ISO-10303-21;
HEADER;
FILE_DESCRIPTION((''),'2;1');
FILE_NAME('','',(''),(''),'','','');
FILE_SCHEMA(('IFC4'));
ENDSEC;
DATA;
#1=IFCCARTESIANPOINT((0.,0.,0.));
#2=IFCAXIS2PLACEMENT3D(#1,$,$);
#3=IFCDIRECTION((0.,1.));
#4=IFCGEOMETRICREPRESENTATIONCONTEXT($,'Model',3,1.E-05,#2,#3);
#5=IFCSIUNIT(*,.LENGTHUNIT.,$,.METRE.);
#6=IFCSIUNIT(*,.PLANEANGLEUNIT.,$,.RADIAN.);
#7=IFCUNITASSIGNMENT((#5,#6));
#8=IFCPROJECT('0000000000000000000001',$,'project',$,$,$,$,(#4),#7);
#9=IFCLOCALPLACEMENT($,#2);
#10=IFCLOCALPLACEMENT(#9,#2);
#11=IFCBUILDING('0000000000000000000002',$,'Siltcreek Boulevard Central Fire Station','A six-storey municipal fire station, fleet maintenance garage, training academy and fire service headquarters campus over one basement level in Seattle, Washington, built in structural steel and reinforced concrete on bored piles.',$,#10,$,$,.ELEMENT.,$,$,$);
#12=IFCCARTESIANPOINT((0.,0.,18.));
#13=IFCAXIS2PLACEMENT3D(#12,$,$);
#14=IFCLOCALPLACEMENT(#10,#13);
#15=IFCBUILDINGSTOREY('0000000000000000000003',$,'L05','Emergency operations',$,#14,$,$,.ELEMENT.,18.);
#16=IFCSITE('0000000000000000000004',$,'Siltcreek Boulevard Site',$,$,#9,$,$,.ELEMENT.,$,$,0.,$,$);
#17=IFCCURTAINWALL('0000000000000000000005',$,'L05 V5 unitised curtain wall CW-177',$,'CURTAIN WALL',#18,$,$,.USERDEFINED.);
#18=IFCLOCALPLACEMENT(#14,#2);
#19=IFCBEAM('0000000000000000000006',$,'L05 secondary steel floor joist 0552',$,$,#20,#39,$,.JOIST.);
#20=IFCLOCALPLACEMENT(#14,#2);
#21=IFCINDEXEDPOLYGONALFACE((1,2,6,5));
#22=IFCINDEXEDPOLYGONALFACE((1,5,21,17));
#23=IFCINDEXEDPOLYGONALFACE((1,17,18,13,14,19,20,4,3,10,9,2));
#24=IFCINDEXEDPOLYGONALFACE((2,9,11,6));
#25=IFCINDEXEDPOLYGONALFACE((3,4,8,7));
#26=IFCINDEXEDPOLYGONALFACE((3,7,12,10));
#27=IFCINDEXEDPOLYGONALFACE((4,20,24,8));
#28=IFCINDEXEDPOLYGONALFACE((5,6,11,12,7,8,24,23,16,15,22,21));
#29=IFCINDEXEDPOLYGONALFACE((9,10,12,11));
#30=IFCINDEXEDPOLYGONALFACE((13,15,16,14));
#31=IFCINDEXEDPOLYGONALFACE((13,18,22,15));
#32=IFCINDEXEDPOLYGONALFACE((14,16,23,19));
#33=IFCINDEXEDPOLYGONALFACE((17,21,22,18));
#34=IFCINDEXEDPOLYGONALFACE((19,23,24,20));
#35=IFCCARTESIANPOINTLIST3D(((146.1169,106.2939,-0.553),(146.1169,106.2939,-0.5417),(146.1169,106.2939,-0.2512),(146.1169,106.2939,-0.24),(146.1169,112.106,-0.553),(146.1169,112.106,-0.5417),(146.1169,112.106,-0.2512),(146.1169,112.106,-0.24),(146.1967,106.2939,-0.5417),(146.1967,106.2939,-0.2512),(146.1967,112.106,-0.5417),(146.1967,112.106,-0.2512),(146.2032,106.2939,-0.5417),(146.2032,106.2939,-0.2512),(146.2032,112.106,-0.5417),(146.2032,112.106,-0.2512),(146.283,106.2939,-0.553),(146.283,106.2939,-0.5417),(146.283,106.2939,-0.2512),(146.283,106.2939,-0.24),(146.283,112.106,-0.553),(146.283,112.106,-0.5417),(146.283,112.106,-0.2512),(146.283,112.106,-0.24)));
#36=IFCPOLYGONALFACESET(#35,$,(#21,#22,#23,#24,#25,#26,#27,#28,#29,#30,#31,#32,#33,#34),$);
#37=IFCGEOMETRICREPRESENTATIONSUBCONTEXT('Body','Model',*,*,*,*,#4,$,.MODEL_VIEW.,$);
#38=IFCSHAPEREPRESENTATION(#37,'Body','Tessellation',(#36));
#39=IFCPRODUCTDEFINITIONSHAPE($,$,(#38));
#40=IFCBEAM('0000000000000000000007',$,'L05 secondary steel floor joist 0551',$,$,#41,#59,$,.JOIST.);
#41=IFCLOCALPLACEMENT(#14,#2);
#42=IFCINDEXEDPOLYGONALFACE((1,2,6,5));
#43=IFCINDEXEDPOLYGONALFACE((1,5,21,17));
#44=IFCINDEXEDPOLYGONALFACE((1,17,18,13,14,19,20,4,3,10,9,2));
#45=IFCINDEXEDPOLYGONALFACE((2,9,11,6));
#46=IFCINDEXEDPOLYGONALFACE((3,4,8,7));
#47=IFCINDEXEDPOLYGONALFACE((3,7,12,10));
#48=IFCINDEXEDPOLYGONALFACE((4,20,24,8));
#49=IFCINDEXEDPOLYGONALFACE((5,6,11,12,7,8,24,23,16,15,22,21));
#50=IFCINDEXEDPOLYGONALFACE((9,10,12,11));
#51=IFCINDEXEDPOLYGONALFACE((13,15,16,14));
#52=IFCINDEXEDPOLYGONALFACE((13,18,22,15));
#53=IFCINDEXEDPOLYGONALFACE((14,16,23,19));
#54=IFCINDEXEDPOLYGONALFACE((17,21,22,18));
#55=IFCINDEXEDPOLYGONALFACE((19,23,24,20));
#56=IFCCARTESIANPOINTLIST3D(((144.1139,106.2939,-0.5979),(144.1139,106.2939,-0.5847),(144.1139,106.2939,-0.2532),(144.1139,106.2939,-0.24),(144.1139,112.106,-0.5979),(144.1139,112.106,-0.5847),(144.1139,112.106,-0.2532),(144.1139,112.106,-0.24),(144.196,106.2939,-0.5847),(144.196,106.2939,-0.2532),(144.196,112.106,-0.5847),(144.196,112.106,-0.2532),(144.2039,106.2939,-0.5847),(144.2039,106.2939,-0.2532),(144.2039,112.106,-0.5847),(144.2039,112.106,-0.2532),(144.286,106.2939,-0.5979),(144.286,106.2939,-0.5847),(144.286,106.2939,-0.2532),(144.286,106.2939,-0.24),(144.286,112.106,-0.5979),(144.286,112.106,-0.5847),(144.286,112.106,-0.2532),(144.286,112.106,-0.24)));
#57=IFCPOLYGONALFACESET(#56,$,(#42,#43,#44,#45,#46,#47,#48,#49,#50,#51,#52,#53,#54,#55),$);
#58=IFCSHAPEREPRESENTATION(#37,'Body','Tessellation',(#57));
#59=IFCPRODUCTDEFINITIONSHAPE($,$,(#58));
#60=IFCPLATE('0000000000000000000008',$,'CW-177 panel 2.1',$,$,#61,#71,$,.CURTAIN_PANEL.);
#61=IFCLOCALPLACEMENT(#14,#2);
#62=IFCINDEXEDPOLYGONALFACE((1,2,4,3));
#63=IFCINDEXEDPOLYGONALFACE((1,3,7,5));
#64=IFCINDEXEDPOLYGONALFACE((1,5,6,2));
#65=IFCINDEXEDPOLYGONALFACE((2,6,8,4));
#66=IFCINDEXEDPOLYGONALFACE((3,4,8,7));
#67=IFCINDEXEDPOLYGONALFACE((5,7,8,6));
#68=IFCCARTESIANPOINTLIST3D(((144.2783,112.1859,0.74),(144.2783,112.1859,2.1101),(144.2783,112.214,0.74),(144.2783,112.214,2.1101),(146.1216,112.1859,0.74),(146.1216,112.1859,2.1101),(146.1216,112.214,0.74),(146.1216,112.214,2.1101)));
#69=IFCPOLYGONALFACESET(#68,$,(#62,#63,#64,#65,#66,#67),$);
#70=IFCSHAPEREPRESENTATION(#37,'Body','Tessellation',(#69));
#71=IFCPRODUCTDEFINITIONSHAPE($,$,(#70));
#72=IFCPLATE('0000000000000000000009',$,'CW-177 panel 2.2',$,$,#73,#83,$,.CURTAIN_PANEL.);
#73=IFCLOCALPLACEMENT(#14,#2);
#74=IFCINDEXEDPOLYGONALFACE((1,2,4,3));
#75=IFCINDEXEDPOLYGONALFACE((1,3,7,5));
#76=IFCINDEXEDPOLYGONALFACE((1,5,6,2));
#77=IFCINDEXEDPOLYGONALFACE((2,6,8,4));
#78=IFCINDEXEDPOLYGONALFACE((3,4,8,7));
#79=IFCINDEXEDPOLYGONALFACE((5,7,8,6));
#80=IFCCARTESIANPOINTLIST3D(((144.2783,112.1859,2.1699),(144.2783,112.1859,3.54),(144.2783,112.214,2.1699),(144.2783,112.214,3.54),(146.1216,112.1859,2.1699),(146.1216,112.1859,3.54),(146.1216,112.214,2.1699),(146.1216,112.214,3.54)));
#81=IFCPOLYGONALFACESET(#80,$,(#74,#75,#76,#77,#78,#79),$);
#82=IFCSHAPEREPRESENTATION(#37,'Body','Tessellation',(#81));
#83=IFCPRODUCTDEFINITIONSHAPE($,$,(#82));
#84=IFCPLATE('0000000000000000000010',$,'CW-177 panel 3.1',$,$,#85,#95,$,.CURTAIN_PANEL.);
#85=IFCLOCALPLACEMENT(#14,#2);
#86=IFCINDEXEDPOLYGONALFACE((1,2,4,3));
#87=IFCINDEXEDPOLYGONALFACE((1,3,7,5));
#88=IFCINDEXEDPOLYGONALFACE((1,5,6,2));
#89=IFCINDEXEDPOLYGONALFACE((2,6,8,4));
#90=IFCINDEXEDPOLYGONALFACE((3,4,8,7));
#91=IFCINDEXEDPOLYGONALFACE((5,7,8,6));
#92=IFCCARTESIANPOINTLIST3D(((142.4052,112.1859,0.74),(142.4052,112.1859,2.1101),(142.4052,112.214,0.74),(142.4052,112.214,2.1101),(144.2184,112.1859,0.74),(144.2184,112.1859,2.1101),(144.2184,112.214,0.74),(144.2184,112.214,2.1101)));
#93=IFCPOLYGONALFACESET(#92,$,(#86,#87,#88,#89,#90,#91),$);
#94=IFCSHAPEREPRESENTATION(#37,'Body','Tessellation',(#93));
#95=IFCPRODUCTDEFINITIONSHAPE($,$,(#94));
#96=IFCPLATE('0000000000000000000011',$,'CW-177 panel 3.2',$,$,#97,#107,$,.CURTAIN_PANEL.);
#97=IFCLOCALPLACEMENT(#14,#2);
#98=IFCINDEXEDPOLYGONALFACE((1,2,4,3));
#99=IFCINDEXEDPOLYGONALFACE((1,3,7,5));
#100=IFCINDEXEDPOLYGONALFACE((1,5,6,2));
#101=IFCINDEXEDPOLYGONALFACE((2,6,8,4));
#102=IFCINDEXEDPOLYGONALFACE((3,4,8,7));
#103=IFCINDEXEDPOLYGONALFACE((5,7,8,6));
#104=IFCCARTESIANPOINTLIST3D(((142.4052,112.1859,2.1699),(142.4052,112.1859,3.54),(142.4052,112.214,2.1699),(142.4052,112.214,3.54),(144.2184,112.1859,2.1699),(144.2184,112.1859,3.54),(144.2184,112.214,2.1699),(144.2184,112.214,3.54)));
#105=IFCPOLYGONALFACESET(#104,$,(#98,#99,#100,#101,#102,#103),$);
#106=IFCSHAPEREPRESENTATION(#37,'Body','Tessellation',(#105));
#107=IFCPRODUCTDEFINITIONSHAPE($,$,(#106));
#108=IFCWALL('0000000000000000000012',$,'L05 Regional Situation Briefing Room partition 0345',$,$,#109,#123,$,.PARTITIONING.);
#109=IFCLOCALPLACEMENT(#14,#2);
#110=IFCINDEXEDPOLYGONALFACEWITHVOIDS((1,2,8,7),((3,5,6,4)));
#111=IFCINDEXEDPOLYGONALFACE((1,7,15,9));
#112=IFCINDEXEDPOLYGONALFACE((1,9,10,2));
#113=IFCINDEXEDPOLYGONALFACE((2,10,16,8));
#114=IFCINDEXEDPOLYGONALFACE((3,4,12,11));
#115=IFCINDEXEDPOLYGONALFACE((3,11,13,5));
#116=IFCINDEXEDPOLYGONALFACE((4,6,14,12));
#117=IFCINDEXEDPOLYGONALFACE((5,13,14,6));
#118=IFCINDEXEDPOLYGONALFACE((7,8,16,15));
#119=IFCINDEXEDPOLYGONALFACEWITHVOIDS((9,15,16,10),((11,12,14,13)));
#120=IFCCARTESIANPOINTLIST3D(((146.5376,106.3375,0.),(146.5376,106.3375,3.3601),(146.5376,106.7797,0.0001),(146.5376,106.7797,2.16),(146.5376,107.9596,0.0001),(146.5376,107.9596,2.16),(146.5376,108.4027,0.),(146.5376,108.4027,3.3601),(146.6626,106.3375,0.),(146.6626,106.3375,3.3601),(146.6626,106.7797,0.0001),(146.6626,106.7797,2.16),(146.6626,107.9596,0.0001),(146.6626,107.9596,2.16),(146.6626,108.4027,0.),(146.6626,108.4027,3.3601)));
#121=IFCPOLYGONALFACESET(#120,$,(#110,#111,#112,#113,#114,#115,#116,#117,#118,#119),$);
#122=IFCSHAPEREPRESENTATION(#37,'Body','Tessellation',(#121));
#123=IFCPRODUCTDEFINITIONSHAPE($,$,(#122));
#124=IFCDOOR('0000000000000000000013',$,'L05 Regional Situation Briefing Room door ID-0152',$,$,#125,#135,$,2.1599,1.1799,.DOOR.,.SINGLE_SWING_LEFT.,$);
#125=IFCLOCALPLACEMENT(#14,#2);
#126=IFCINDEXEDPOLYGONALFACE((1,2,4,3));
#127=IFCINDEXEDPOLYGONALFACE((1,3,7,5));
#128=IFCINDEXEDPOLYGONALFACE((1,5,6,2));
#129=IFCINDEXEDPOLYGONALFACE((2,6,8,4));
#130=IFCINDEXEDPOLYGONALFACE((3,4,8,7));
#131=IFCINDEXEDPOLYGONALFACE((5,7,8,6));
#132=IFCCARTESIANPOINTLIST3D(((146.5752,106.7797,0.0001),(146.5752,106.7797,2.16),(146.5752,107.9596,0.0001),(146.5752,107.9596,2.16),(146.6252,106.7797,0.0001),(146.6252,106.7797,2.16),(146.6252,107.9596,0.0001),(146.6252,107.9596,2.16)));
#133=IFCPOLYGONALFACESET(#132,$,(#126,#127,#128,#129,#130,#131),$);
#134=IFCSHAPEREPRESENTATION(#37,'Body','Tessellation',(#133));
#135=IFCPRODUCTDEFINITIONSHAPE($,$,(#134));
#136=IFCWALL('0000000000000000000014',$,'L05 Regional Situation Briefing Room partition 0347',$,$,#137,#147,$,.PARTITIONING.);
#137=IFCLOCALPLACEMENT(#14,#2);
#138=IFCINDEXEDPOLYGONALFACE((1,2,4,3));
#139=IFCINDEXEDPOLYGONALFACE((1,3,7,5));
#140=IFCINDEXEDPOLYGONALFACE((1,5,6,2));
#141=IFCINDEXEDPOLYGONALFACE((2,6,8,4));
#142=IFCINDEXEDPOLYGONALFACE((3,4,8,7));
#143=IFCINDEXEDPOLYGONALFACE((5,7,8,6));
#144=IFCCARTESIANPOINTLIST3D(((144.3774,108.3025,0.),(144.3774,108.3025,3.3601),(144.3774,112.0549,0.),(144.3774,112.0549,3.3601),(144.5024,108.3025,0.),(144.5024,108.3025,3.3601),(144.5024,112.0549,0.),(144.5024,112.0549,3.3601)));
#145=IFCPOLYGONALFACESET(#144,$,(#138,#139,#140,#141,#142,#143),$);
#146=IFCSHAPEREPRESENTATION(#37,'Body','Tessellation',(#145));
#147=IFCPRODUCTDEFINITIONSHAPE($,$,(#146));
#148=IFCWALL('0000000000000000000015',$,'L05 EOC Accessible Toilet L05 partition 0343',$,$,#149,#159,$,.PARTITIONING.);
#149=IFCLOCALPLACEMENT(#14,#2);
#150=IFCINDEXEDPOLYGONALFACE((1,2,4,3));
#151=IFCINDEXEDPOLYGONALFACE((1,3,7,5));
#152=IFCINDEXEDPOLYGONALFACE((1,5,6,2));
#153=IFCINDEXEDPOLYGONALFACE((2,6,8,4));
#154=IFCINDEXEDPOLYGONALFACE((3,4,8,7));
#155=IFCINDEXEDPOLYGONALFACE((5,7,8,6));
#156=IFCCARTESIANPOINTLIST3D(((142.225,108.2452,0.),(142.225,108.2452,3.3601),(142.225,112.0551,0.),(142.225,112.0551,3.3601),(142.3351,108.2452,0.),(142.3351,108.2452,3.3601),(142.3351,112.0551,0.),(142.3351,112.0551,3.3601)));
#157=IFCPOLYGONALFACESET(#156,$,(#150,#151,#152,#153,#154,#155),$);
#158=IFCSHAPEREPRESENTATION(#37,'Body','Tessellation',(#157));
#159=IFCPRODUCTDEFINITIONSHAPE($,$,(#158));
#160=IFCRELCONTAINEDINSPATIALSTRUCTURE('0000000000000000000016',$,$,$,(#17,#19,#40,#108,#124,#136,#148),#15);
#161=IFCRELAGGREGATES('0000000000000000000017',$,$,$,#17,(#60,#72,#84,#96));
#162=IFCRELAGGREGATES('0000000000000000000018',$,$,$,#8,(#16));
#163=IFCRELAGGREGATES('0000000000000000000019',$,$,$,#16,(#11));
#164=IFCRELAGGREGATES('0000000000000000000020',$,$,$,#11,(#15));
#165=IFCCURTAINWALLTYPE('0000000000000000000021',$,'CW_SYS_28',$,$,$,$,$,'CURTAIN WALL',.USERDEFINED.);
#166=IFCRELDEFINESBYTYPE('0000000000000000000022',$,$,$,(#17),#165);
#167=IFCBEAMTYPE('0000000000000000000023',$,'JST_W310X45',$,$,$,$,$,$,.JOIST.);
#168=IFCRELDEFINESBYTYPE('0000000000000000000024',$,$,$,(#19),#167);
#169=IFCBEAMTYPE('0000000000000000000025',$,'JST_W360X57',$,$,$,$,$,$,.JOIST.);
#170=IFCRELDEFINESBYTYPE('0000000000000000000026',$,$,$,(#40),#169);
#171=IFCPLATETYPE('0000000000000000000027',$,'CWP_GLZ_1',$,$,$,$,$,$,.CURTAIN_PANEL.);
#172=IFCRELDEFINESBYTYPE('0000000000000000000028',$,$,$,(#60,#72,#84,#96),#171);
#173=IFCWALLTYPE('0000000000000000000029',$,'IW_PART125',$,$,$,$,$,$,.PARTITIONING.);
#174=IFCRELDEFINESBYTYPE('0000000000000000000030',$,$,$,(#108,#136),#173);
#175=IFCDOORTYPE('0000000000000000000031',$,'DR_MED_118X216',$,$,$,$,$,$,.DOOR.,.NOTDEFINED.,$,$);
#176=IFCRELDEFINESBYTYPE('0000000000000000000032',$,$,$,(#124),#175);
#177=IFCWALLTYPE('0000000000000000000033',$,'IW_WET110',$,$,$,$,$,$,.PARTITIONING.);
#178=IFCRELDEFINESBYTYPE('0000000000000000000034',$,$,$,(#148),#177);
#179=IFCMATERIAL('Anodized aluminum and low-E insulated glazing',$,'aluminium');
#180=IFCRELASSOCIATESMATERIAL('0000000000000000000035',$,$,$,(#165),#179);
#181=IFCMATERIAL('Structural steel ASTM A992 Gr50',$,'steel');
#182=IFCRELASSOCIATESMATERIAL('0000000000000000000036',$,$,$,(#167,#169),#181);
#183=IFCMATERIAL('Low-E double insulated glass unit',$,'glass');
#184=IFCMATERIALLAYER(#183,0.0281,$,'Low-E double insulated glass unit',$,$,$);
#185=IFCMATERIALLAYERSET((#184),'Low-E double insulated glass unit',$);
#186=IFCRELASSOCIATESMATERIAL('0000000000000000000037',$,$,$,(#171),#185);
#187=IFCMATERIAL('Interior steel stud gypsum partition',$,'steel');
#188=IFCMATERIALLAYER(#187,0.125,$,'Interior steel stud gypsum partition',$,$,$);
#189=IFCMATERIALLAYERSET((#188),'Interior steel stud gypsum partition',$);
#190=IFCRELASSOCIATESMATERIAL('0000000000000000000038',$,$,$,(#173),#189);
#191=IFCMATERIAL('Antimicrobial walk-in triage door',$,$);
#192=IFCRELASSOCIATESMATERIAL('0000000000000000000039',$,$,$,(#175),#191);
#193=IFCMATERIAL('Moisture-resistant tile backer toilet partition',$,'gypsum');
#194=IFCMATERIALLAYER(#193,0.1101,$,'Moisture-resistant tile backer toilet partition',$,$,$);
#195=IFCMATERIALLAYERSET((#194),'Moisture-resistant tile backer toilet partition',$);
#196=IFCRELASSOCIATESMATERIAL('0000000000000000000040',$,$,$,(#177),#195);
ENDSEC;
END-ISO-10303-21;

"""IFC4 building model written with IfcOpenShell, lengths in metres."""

from ifc_helpers import new_model, si_unit, direction, frame, frame_2d, origin, origin_2d, place, context, subcontext, project, spatial, rectangle, i_section, extrude, material, layer, layer_set, material_profile, profile_set, type_object, element, fill, aggregate, save


model = new_model("IFC4")

# Units and contexts
model_context = context("Model", 3, precision=1e-05, world=origin(), true_north=direction((0.0, 1.0)))
body_context = subcontext(model_context, "Body", "Model", "MODEL_VIEW")
ifc_project = project(units=[si_unit("LENGTHUNIT", "METRE"), si_unit("PLANEANGLEUNIT", "RADIAN")], contexts=[model_context])

# Site, building, storey
site_placement = place(None, origin())
site = spatial("IfcSite", under=ifc_project, at=site_placement, Name="Siltcreek Boulevard Site", CompositionType="ELEMENT", RefElevation=0.0)
building_placement = place(site_placement, origin())
building = spatial("IfcBuilding", under=site, at=building_placement, Name="Siltcreek Boulevard Central Fire Station", Description="A six-storey municipal fire station, fleet maintenance garage, training academy and fire service headquarters campus over one basement level in Seattle, Washington, built in structural steel and reinforced concrete on bored piles.", CompositionType="ELEMENT")
storey_placement = place(building_placement, frame((0.0, 0.0, 18.0)))
storey = spatial("IfcBuildingStorey", under=building, at=storey_placement, Name="L05", Description="Emergency operations", CompositionType="ELEMENT", Elevation=18.0)

# Shared definitions
ifc_material_1 = material(Name="Structural steel ASTM A992 Gr50", Category="steel")

# Curtain wall
ifc_material_2 = material(Name="Anodized aluminum and low-E insulated glazing", Category="aluminium")
curtain_wall_type = type_object("IfcCurtainWallType", Name="CW_SYS_28", ElementType="CURTAIN WALL", PredefinedType="USERDEFINED", material=ifc_material_2)
curtain_wall_placement = place(storey_placement, origin())
curtain_wall = element("IfcCurtainWall", 1, at=curtain_wall_placement, inside=storey, type_object=curtain_wall_type, Name="L05 V5 unitised curtain wall CW-177", ObjectType="CURTAIN WALL", PredefinedType="USERDEFINED")

# Beams
ifc_material_profile_1 = material_profile(ifc_material_1, i_section(OverallWidth=0.166, OverallDepth=0.313, WebThickness=0.0066, FlangeThickness=0.0112, at=origin_2d()), Name="W310X45")
ifc_profile_set_1 = profile_set([ifc_material_profile_1], Name="Structural steel ASTM A992 Gr50")
beam_type_1 = type_object("IfcBeamType", Name="JST_W310X45", PredefinedType="JOIST", material=ifc_profile_set_1)
beam_1_placement = place(storey_placement, frame((146.2, 106.2939, -0.3965), z_axis=(0.0, 1.0, 0.0), x_axis=(-1.0, 0.0, 0.0)))
element("IfcBeam", 2, at=beam_1_placement, inside=storey, type_object=beam_type_1, Name="L05 secondary steel floor joist 0552", PredefinedType="JOIST", context=body_context, shape_type="SweptSolid", body=[
    extrude(i_section(OverallWidth=0.166, OverallDepth=0.313, WebThickness=0.0066, FlangeThickness=0.0112, at=origin_2d()), origin(), (0.0, 0.0, 1.0), 5.812),
])
ifc_material_profile_2 = material_profile(ifc_material_1, i_section(OverallWidth=0.1721, OverallDepth=0.3579, WebThickness=0.0078, FlangeThickness=0.0132, at=origin_2d()), Name="W360X57")
ifc_profile_set_2 = profile_set([ifc_material_profile_2], Name="Structural steel ASTM A992 Gr50")
beam_type_2 = type_object("IfcBeamType", Name="JST_W360X57", PredefinedType="JOIST", material=ifc_profile_set_2)
beam_2_placement = place(storey_placement, frame((144.2, 106.2939, -0.4189), z_axis=(0.0, 1.0, 0.0), x_axis=(-1.0, 0.0, 0.0)))
element("IfcBeam", 3, at=beam_2_placement, inside=storey, type_object=beam_type_2, Name="L05 secondary steel floor joist 0551", PredefinedType="JOIST", context=body_context, shape_type="SweptSolid", body=[
    extrude(i_section(OverallWidth=0.1721, OverallDepth=0.3579, WebThickness=0.0078, FlangeThickness=0.0132, at=origin_2d()), origin(), (0.0, 0.0, 1.0), 5.812),
])

# Plates
ifc_material_3 = material(Name="Low-E double insulated glass unit", Category="glass")
ifc_layer_1 = layer(ifc_material_3, 0.0281, Name="Low-E double insulated glass unit")
ifc_layer_set_1 = layer_set([ifc_layer_1], Name="Low-E double insulated glass unit")
plate_type = type_object("IfcPlateType", Name="CWP_GLZ_1", PredefinedType="CURTAIN_PANEL", material=ifc_layer_set_1)
plate_1_placement = place(storey_placement, frame((145.2, 112.2, 0.74), z_axis=(0.0, 0.0, 1.0), x_axis=(-1.0, 0.0, 0.0)))
plate_1 = element("IfcPlate", 4, at=plate_1_placement, type_object=plate_type, Name="CW-177 panel 2.1", PredefinedType="CURTAIN_PANEL", context=body_context, shape_type="SweptSolid", body=[
    extrude(rectangle(XDim=1.8433, YDim=0.0281, at=origin_2d()), origin(), (0.0, 0.0, 1.0), 1.3701),
])
plate_2_placement = place(storey_placement, frame((145.2, 112.2, 2.1699), z_axis=(0.0, 0.0, 1.0), x_axis=(-1.0, 0.0, 0.0)))
plate_2 = element("IfcPlate", 5, at=plate_2_placement, type_object=plate_type, Name="CW-177 panel 2.2", PredefinedType="CURTAIN_PANEL", context=body_context, shape_type="SweptSolid", body=[
    extrude(rectangle(XDim=1.8433, YDim=0.0281, at=origin_2d()), origin(), (0.0, 0.0, 1.0), 1.3701),
])
plate_3_placement = place(storey_placement, frame((143.3118, 112.2, 0.74), z_axis=(0.0, 0.0, 1.0), x_axis=(-1.0, 0.0, 0.0)))
plate_3 = element("IfcPlate", 6, at=plate_3_placement, type_object=plate_type, Name="CW-177 panel 3.1", PredefinedType="CURTAIN_PANEL", context=body_context, shape_type="SweptSolid", body=[
    extrude(rectangle(XDim=1.8132, YDim=0.0281, at=origin_2d()), origin(), (0.0, 0.0, 1.0), 1.3701),
])
plate_4_placement = place(storey_placement, frame((143.3118, 112.2, 2.1699), z_axis=(0.0, 0.0, 1.0), x_axis=(-1.0, 0.0, 0.0)))
plate_4 = element("IfcPlate", 7, at=plate_4_placement, type_object=plate_type, Name="CW-177 panel 3.2", PredefinedType="CURTAIN_PANEL", context=body_context, shape_type="SweptSolid", body=[
    extrude(rectangle(XDim=1.8132, YDim=0.0281, at=origin_2d()), origin(), (0.0, 0.0, 1.0), 1.3701),
])
aggregate(curtain_wall, [plate_1, plate_2, plate_3, plate_4])

# Wall, opening, door
ifc_material_4 = material(Name="Interior steel stud gypsum partition", Category="steel")
ifc_layer_2 = layer(ifc_material_4, 0.125, Name="Interior steel stud gypsum partition")
ifc_layer_set_2 = layer_set([ifc_layer_2], Name="Interior steel stud gypsum partition")
wall_type_1 = type_object("IfcWallType", Name="IW_PART125", PredefinedType="PARTITIONING", material=ifc_layer_set_2)
wall_1_placement = place(storey_placement, frame((146.6001, 106.3374, 0.0), z_axis=(0.0, 0.0, 1.0), x_axis=(0.0, 1.0, 0.0)))
wall_1 = element("IfcWall", 8, at=wall_1_placement, inside=storey, type_object=wall_type_1, Name="L05 Regional Situation Briefing Room partition 0345", PredefinedType="PARTITIONING", context=body_context, shape_type="SweptSolid", body=[
    extrude(rectangle(XDim=2.0652, YDim=0.125, at=frame_2d((1.0327, 0.0))), origin(), (0.0, 0.0, 1.0), 3.3601),
])
opening_1_placement = place(wall_1_placement, frame((0.4424, 0.0, 0.0)))
opening_1 = element("IfcOpeningElement", 9, at=opening_1_placement, cuts=wall_1, PredefinedType="OPENING", context=body_context, shape_type="SweptSolid", body=[
    extrude(rectangle(XDim=1.1799, YDim=2.1599, at=frame_2d((0.5898, 1.0801))), frame((0.0, 0.0725, 0.0), z_axis=(0.0, -1.0, 0.0), x_axis=(1.0, 0.0, 0.0)), (0.0, 0.0, 1.0), 0.145),
])
ifc_material_5 = material(Name="Antimicrobial walk-in triage door")
door_type_1 = type_object("IfcDoorType", Name="DR_MED_118X216", OperationType="NOTDEFINED", PredefinedType="DOOR", material=ifc_material_5)
door_1_placement = place(opening_1_placement, origin())
door_1 = element("IfcDoor", 10, at=door_1_placement, inside=storey, type_object=door_type_1, Name="L05 Regional Situation Briefing Room door ID-0152", OperationType="SINGLE_SWING_LEFT", OverallHeight=2.1599, OverallWidth=1.1799, PredefinedType="DOOR", context=body_context, shape_type="SweptSolid", body=[
    extrude(rectangle(XDim=1.1799, YDim=2.1599, at=frame_2d((0.5898, 1.0801))), frame((0.0, 0.0249, 0.0), z_axis=(0.0, -1.0, 0.0), x_axis=(1.0, 0.0, 0.0)), (0.0, 0.0, 1.0), 0.05),
])
fill(opening_1, door_1)

# Walls
wall_2_placement = place(storey_placement, frame((144.4399, 108.3025, 0.0), z_axis=(0.0, 0.0, 1.0), x_axis=(0.0, 1.0, 0.0)))
element("IfcWall", 11, at=wall_2_placement, inside=storey, type_object=wall_type_1, Name="L05 Regional Situation Briefing Room partition 0347", PredefinedType="PARTITIONING", context=body_context, shape_type="SweptSolid", body=[
    extrude(rectangle(XDim=3.7524, YDim=0.125, at=frame_2d((1.8762, 0.0))), origin(), (0.0, 0.0, 1.0), 3.3601),
])
ifc_material_6 = material(Name="Moisture-resistant tile backer toilet partition", Category="gypsum")
ifc_layer_3 = layer(ifc_material_6, 0.1101, Name="Moisture-resistant tile backer toilet partition")
ifc_layer_set_3 = layer_set([ifc_layer_3], Name="Moisture-resistant tile backer toilet partition")
wall_type_2 = type_object("IfcWallType", Name="IW_WET110", PredefinedType="PARTITIONING", material=ifc_layer_set_3)
wall_3_placement = place(storey_placement, frame((142.28, 112.0549, 0.0), z_axis=(0.0, 0.0, 1.0), x_axis=(0.0, -1.0, 0.0)))
element("IfcWall", 12, at=wall_3_placement, inside=storey, type_object=wall_type_2, Name="L05 EOC Accessible Toilet L05 partition 0343", PredefinedType="PARTITIONING", context=body_context, shape_type="SweptSolid", body=[
    extrude(rectangle(XDim=3.8098, YDim=0.1101, at=frame_2d((1.9048, 0.0))), origin(), (0.0, 0.0, 1.0), 3.3601),
])

save(model, "model.ifc")
